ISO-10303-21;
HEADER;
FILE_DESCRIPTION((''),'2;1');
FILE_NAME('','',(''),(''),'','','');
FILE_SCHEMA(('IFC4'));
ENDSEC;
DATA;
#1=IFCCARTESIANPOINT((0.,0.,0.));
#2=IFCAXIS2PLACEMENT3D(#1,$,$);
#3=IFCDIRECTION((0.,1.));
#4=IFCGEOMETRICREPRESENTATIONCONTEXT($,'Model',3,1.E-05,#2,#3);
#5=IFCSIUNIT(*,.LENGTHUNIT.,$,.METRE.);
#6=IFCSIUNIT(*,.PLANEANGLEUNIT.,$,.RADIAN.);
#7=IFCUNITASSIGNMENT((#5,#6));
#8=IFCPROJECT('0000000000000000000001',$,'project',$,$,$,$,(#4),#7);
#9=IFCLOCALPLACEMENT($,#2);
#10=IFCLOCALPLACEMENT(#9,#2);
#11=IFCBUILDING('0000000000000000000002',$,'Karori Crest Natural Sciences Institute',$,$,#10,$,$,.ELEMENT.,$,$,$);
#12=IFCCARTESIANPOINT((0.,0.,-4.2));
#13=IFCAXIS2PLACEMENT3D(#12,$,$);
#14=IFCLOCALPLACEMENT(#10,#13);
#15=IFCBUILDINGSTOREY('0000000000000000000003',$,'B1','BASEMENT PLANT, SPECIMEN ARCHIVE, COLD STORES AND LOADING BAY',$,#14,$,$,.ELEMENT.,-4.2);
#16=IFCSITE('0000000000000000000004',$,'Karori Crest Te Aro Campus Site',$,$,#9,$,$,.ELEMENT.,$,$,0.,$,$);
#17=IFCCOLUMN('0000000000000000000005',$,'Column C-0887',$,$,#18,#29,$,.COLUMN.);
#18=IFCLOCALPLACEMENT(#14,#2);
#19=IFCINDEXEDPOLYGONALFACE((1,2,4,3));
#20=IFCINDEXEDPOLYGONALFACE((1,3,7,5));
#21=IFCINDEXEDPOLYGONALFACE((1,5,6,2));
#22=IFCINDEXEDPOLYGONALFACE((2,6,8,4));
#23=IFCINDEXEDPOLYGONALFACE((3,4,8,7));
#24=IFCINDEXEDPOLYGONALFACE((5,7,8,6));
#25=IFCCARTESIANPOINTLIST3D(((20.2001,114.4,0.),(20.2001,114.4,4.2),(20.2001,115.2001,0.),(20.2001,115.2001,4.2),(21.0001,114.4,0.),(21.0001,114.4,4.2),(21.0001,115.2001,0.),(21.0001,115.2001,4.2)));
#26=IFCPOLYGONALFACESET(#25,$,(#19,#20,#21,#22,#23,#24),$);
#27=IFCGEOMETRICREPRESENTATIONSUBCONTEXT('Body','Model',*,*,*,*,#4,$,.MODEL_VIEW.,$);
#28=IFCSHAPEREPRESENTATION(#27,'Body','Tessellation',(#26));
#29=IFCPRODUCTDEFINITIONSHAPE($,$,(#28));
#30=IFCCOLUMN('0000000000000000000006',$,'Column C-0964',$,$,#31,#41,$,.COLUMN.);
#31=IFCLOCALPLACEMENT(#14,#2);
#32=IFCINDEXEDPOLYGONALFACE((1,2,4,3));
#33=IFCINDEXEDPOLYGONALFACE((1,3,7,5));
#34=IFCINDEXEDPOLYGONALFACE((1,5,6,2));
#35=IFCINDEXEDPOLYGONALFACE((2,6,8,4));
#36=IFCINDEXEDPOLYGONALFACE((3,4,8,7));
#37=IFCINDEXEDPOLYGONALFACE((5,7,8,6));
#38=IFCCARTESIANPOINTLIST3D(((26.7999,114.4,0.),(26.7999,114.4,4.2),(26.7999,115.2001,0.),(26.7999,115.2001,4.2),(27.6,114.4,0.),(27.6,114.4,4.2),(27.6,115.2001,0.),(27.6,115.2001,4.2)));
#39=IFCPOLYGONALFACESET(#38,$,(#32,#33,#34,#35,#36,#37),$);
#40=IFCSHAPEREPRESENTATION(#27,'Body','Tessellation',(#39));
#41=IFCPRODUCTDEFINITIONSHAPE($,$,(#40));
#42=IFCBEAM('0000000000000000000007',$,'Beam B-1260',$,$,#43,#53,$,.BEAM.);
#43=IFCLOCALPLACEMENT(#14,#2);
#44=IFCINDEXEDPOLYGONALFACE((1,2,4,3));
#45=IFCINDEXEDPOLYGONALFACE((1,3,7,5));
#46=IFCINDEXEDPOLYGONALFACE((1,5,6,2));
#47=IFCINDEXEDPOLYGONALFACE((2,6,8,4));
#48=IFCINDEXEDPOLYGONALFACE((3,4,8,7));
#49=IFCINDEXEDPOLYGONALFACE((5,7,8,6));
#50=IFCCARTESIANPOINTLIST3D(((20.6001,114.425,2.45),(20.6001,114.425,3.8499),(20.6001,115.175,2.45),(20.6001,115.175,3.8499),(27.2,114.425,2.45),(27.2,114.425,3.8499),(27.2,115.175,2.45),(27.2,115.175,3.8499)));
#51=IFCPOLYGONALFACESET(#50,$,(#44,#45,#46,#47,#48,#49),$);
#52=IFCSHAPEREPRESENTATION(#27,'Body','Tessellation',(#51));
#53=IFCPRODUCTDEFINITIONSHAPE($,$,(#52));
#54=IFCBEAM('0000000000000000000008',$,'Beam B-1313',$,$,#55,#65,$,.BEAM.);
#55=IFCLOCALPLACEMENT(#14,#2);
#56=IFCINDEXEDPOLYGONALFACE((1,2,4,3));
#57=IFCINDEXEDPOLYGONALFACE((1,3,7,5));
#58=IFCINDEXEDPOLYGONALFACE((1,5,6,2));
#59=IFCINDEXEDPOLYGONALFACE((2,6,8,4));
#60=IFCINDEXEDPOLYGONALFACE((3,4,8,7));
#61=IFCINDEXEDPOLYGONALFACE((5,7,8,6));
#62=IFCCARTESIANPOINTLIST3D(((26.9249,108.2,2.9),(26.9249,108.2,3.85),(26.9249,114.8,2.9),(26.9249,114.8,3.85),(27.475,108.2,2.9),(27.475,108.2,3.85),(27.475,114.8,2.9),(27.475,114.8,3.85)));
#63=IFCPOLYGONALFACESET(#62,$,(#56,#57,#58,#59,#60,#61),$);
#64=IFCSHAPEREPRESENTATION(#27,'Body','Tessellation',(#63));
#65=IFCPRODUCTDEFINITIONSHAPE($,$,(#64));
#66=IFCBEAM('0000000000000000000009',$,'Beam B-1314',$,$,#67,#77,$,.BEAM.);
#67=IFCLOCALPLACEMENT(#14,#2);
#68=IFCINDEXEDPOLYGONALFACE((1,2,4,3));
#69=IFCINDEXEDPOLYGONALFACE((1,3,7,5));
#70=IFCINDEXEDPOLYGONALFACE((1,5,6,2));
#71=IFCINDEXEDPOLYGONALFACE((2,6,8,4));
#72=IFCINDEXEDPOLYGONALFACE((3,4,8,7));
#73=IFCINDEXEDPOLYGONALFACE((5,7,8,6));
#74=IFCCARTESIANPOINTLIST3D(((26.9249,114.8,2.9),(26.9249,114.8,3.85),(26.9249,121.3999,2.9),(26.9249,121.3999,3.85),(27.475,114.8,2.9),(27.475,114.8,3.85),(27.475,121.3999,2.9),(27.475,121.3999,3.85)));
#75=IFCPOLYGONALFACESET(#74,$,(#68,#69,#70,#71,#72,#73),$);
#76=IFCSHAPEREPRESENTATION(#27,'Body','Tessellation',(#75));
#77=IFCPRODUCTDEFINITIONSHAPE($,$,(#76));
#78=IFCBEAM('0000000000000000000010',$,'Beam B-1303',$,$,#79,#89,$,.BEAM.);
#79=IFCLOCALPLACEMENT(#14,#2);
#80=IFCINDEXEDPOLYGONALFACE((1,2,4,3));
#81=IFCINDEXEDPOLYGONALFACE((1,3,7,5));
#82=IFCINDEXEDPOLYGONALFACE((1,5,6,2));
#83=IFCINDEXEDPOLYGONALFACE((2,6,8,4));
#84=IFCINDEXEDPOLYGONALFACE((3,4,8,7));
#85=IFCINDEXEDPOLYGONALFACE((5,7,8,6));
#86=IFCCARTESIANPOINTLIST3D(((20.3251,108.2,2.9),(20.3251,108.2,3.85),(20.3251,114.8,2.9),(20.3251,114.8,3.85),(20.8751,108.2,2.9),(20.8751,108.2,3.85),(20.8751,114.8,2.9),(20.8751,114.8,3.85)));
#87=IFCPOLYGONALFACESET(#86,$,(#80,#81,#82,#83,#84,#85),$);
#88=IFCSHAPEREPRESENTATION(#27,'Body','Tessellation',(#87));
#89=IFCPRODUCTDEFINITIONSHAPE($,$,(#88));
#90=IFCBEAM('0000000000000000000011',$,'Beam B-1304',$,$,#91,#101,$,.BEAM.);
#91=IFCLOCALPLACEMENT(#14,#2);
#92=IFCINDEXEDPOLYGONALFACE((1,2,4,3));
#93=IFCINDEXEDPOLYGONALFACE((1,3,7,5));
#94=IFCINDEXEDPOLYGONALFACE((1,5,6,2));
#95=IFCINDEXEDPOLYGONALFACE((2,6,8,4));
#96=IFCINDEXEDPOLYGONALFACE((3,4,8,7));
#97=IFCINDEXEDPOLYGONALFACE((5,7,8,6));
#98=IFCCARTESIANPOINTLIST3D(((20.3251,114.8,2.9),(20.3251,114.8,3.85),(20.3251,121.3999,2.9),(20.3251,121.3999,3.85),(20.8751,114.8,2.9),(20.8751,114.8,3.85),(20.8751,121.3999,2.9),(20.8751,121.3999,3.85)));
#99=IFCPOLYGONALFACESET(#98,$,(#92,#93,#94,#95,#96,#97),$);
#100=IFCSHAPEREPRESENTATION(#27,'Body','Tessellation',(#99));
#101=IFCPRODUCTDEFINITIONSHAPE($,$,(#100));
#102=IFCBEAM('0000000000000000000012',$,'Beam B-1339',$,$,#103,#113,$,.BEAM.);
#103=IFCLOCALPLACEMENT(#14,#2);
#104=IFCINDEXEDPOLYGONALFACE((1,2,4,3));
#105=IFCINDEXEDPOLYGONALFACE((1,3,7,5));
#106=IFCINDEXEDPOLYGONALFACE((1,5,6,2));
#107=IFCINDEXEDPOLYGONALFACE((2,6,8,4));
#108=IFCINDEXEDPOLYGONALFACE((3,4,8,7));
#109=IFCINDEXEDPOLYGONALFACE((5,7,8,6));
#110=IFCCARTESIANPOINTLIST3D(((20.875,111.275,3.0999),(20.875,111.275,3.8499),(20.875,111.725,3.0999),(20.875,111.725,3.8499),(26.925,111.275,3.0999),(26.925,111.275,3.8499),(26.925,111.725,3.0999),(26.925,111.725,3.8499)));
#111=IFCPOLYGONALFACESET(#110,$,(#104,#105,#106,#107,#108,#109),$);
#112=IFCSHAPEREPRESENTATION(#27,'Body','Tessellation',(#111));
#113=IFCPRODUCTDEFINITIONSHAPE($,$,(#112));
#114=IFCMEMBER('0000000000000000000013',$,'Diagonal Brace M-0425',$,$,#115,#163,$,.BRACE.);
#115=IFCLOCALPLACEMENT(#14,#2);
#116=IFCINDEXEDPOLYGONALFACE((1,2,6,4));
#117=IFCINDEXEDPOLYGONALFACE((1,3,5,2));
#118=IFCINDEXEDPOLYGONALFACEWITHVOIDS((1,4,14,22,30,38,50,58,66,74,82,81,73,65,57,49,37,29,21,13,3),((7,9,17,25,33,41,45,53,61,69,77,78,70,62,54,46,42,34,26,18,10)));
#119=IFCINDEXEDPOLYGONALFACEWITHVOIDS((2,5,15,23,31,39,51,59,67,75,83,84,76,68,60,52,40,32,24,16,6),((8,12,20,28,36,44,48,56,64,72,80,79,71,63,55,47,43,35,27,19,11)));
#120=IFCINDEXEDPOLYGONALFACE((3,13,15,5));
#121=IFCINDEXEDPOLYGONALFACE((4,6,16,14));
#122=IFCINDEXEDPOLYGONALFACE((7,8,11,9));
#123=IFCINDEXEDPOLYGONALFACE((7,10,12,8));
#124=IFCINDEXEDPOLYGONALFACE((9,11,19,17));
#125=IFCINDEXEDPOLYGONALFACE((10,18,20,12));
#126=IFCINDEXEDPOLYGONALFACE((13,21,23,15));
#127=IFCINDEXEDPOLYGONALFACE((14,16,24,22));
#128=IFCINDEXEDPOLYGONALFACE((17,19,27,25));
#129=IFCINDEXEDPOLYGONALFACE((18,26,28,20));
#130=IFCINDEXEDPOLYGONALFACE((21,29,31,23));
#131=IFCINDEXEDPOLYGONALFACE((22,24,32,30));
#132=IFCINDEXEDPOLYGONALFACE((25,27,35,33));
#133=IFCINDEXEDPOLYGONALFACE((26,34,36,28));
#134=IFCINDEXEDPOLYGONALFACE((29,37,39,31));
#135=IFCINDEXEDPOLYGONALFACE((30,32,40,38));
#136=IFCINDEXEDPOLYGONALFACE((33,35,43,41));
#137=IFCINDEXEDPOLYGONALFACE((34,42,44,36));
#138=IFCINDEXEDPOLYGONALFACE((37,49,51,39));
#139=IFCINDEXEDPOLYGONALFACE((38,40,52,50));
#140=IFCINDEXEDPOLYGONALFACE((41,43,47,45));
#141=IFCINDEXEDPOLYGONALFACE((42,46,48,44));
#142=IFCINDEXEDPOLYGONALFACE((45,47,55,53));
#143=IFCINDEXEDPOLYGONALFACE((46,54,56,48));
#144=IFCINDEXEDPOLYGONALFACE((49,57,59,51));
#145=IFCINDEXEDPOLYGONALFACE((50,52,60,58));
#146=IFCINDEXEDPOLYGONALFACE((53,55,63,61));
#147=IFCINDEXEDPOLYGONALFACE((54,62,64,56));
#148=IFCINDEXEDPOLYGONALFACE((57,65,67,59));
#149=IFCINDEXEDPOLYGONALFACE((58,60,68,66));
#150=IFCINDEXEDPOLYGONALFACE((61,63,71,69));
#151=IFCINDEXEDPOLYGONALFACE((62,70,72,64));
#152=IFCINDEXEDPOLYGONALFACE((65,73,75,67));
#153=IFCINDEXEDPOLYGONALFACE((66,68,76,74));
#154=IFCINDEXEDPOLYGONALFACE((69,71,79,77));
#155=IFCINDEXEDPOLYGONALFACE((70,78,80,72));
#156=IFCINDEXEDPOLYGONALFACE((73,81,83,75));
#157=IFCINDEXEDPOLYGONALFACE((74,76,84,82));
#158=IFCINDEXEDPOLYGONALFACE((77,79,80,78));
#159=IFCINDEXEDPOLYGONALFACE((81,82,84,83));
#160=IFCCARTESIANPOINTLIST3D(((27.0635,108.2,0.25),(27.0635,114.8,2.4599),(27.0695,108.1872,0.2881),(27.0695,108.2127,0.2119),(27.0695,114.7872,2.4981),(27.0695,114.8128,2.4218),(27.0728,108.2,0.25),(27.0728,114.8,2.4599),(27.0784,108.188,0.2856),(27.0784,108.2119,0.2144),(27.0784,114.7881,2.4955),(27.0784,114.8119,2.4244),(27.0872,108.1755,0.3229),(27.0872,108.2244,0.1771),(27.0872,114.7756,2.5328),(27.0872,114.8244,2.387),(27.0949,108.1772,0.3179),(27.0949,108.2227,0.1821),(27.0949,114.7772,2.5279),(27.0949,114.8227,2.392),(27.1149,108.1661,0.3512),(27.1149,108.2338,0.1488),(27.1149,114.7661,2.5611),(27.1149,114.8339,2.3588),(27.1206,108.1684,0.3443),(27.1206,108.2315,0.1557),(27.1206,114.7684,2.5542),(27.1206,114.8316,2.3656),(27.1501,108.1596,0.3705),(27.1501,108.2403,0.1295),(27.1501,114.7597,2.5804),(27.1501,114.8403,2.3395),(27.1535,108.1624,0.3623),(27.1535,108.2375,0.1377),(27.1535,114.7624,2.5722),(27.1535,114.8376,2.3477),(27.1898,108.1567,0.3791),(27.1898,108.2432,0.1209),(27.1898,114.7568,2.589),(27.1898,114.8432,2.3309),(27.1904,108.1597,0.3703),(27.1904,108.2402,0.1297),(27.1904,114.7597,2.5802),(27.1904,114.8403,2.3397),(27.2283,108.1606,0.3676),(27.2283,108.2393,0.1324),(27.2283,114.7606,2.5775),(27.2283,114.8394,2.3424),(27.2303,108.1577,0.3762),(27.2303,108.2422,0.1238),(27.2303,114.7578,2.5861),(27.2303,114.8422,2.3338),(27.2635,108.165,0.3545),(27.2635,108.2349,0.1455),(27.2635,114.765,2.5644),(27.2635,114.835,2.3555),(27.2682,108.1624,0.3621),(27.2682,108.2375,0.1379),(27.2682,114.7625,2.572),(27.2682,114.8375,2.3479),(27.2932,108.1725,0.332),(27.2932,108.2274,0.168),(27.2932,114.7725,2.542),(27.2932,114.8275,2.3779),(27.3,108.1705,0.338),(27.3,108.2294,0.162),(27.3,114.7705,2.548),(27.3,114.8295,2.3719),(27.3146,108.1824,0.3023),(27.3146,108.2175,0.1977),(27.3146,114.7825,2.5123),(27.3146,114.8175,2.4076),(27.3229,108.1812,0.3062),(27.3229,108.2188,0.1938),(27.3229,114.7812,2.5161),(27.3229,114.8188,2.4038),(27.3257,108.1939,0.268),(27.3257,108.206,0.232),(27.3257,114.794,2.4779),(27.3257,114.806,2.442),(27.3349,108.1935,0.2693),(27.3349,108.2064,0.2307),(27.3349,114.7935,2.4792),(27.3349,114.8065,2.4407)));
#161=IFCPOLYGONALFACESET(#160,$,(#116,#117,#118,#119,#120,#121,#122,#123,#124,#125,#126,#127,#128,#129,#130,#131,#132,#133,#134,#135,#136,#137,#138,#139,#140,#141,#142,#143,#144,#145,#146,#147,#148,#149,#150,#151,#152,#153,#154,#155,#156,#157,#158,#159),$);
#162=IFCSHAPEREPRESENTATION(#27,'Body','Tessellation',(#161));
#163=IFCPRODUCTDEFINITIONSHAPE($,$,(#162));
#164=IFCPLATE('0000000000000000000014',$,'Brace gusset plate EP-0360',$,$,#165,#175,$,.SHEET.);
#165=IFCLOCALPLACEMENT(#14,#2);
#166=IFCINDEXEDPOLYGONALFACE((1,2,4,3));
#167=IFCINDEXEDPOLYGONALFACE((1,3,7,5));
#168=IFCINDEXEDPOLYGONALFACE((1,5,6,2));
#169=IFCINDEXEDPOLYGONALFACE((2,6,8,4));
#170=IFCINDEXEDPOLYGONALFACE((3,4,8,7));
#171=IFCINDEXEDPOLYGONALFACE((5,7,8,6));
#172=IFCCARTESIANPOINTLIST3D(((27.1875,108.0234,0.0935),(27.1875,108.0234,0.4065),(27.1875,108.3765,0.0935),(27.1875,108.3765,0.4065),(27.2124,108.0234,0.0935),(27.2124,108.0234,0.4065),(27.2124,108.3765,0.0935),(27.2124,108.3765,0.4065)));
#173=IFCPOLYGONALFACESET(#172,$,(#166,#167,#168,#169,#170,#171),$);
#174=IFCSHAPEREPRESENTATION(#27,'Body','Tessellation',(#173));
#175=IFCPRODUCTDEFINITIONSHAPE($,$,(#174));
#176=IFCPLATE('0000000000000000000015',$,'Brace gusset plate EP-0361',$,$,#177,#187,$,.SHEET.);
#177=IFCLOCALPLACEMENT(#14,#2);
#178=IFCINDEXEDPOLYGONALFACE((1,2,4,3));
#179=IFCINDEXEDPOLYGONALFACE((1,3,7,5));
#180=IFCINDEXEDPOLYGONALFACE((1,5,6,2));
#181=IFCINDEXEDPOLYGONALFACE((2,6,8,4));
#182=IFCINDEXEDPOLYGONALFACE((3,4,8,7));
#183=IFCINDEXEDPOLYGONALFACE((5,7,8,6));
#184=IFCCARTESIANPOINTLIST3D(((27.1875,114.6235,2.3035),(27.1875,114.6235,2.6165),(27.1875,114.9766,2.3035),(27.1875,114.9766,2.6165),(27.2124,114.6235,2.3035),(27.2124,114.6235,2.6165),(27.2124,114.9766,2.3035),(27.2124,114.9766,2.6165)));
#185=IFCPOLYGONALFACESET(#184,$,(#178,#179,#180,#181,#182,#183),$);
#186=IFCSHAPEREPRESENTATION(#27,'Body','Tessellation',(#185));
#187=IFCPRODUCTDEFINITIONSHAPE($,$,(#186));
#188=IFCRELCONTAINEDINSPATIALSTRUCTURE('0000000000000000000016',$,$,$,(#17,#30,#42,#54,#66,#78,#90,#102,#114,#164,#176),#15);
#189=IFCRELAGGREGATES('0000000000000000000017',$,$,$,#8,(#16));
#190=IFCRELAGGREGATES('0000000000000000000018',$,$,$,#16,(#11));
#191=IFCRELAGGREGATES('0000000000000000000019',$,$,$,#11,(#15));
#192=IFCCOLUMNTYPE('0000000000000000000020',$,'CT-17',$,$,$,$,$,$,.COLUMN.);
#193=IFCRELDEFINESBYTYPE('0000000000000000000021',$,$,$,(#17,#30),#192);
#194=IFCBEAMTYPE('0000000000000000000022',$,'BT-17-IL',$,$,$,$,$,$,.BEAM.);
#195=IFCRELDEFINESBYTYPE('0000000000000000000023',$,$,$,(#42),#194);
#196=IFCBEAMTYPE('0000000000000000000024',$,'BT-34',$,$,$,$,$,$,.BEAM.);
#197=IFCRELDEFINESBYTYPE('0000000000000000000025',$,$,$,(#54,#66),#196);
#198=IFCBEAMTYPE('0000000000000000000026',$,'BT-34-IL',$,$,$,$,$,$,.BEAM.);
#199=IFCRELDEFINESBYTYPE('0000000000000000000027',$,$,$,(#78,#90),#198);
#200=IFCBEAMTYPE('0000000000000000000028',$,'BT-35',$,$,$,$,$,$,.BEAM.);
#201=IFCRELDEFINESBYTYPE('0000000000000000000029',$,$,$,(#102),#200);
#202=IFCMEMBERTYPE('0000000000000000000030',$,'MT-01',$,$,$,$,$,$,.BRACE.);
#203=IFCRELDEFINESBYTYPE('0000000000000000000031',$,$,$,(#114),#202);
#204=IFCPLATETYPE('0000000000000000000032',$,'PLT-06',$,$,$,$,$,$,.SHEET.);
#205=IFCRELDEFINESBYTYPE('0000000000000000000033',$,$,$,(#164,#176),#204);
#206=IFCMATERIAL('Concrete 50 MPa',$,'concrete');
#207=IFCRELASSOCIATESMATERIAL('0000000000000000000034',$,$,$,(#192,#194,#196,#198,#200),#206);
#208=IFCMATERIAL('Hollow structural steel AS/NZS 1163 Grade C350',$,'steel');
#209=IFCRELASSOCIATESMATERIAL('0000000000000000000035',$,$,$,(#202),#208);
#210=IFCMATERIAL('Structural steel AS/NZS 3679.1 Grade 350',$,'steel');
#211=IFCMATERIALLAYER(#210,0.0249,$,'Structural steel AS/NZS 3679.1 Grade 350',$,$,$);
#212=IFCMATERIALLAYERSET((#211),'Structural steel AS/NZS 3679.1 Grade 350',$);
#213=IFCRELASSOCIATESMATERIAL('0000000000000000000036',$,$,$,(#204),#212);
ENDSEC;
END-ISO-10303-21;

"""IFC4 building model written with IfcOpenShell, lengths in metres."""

from ifc_helpers import new_model, si_unit, direction, frame, origin, origin_2d, place, context, subcontext, project, spatial, rectangle, hollow_circle, extrude, material, layer, layer_set, material_profile, profile_set, type_object, element, save


model = new_model("IFC4")

# Units and contexts
model_context = context("Model", 3, precision=1e-05, world=origin(), true_north=direction((0.0, 1.0)))
body_context = subcontext(model_context, "Body", "Model", "MODEL_VIEW")
ifc_project = project(units=[si_unit("LENGTHUNIT", "METRE"), si_unit("PLANEANGLEUNIT", "RADIAN")], contexts=[model_context])

# Site, building, storey
site_placement = place(None, origin())
site = spatial("IfcSite", under=ifc_project, at=site_placement, Name="Karori Crest Te Aro Campus Site", CompositionType="ELEMENT", RefElevation=0.0)
building_placement = place(site_placement, origin())
building = spatial("IfcBuilding", under=site, at=building_placement, Name="Karori Crest Natural Sciences Institute", CompositionType="ELEMENT")
storey_placement = place(building_placement, frame((0.0, 0.0, -4.2)))
storey = spatial("IfcBuildingStorey", under=building, at=storey_placement, Name="B1", Description="BASEMENT PLANT, SPECIMEN ARCHIVE, COLD STORES AND LOADING BAY", CompositionType="ELEMENT", Elevation=-4.2)

# Columns
ifc_material_1 = material(Name="Concrete 50 MPa", Category="concrete")
ifc_material_profile_1 = material_profile(ifc_material_1, rectangle(XDim=0.8, YDim=0.8, at=origin_2d()), Name="RC800x800")
ifc_profile_set_1 = profile_set([ifc_material_profile_1], Name="Concrete 50 MPa")
column_type = type_object("IfcColumnType", Name="CT-17", PredefinedType="COLUMN", material=ifc_profile_set_1)
for number, where, z_axis, x_axis, name in (
    (1, (20.6001, 114.8, 0.0), (0.0, 0.0, 1.0), (1.0, 0.0, 0.0), "Column C-0887"),
    (2, (27.2, 114.8, 0.0), (0.0, 0.0, 1.0), (1.0, 0.0, 0.0), "Column C-0964"),
):
    element("IfcColumn", number, at=place(storey_placement, frame(where, z_axis=z_axis, x_axis=x_axis)), inside=storey, type_object=column_type, Name=name, PredefinedType="COLUMN", context=body_context, shape_type="SweptSolid", body=[
        extrude(rectangle(XDim=0.8, YDim=0.8, at=origin_2d()), origin(), (0.0, 0.0, 1.0), 4.2),
    ])

# Beams
ifc_material_profile_2 = material_profile(ifc_material_1, rectangle(XDim=0.75, YDim=1.3999, at=origin_2d()), Name="RCB750x1400")
ifc_profile_set_2 = profile_set([ifc_material_profile_2], Name="Concrete 50 MPa")
beam_type_1 = type_object("IfcBeamType", Name="BT-17-IL", PredefinedType="BEAM", material=ifc_profile_set_2)
beam_1_placement = place(storey_placement, frame((20.6001, 114.8, 3.1499), z_axis=(1.0, 0.0, 0.0), x_axis=(0.0, 1.0, 0.0)))
element("IfcBeam", 3, at=beam_1_placement, inside=storey, type_object=beam_type_1, Name="Beam B-1260", PredefinedType="BEAM", context=body_context, shape_type="SweptSolid", body=[
    extrude(rectangle(XDim=0.75, YDim=1.3999, at=origin_2d()), origin(), (0.0, 0.0, 1.0), 6.5999),
])
ifc_material_profile_3 = material_profile(ifc_material_1, rectangle(XDim=0.55, YDim=0.95, at=origin_2d()), Name="RCB550x950")
ifc_profile_set_3 = profile_set([ifc_material_profile_3], Name="Concrete 50 MPa")
beam_type_2 = type_object("IfcBeamType", Name="BT-34", PredefinedType="BEAM", material=ifc_profile_set_3)
beam_2_placement = place(storey_placement, frame((27.2, 108.2, 3.375), z_axis=(0.0, 1.0, 0.0), x_axis=(-1.0, 0.0, 0.0)))
element("IfcBeam", 4, at=beam_2_placement, inside=storey, type_object=beam_type_2, Name="Beam B-1313", PredefinedType="BEAM", context=body_context, shape_type="SweptSolid", body=[
    extrude(rectangle(XDim=0.55, YDim=0.95, at=origin_2d()), origin(), (0.0, 0.0, 1.0), 6.6001),
])
beam_3_placement = place(storey_placement, frame((27.2, 114.8, 3.375), z_axis=(0.0, 1.0, 0.0), x_axis=(-1.0, 0.0, 0.0)))
element("IfcBeam", 5, at=beam_3_placement, inside=storey, type_object=beam_type_2, Name="Beam B-1314", PredefinedType="BEAM", context=body_context, shape_type="SweptSolid", body=[
    extrude(rectangle(XDim=0.55, YDim=0.95, at=origin_2d()), origin(), (0.0, 0.0, 1.0), 6.5999),
])
ifc_material_profile_4 = material_profile(ifc_material_1, rectangle(XDim=0.55, YDim=0.95, at=origin_2d()), Name="RCB550x950")
ifc_profile_set_4 = profile_set([ifc_material_profile_4], Name="Concrete 50 MPa")
beam_type_3 = type_object("IfcBeamType", Name="BT-34-IL", PredefinedType="BEAM", material=ifc_profile_set_4)
beam_4_placement = place(storey_placement, frame((20.6001, 108.2, 3.375), z_axis=(0.0, 1.0, 0.0), x_axis=(-1.0, 0.0, 0.0)))
element("IfcBeam", 6, at=beam_4_placement, inside=storey, type_object=beam_type_3, Name="Beam B-1303", PredefinedType="BEAM", context=body_context, shape_type="SweptSolid", body=[
    extrude(rectangle(XDim=0.55, YDim=0.95, at=origin_2d()), origin(), (0.0, 0.0, 1.0), 6.6001),
])
beam_5_placement = place(storey_placement, frame((20.6001, 114.8, 3.375), z_axis=(0.0, 1.0, 0.0), x_axis=(-1.0, 0.0, 0.0)))
element("IfcBeam", 7, at=beam_5_placement, inside=storey, type_object=beam_type_3, Name="Beam B-1304", PredefinedType="BEAM", context=body_context, shape_type="SweptSolid", body=[
    extrude(rectangle(XDim=0.55, YDim=0.95, at=origin_2d()), origin(), (0.0, 0.0, 1.0), 6.5999),
])
ifc_material_profile_5 = material_profile(ifc_material_1, rectangle(XDim=0.45, YDim=0.75, at=origin_2d()), Name="RCB450x750")
ifc_profile_set_5 = profile_set([ifc_material_profile_5], Name="Concrete 50 MPa")
beam_type_4 = type_object("IfcBeamType", Name="BT-35", PredefinedType="BEAM", material=ifc_profile_set_5)
beam_6_placement = place(storey_placement, frame((20.875, 111.5, 3.4749), z_axis=(1.0, 0.0, 0.0), x_axis=(0.0, 1.0, 0.0)))
element("IfcBeam", 8, at=beam_6_placement, inside=storey, type_object=beam_type_4, Name="Beam B-1339", PredefinedType="BEAM", context=body_context, shape_type="SweptSolid", body=[
    extrude(rectangle(XDim=0.45, YDim=0.75, at=origin_2d()), origin(), (0.0, 0.0, 1.0), 6.05),
])

# Member
ifc_material_2 = material(Name="Hollow structural steel AS/NZS 1163 Grade C350", Category="steel")
ifc_material_profile_6 = material_profile(ifc_material_2, hollow_circle(Radius=0.1365, WallThickness=0.0093, at=origin_2d()), Name="CHS273.0x9.3")
ifc_profile_set_6 = profile_set([ifc_material_profile_6], Name="Hollow structural steel AS/NZS 1163 Grade C350")
member_type = type_object("IfcMemberType", Name="MT-01", PredefinedType="BRACE", material=ifc_profile_set_6)
member_placement = place(storey_placement, frame((27.2, 108.2, 0.25), z_axis=(0.0, 0.948254, 0.317511), x_axis=(-1.0, 0.0, 0.0)))
element("IfcMember", 9, at=member_placement, inside=storey, type_object=member_type, Name="Diagonal Brace M-0425", PredefinedType="BRACE", context=body_context, shape_type="SweptSolid", body=[
    extrude(hollow_circle(Radius=0.1365, WallThickness=0.0093, at=origin_2d()), origin(), (0.0, 0.0, 1.0), 6.9602),
])

# Plates
ifc_material_3 = material(Name="Structural steel AS/NZS 3679.1 Grade 350", Category="steel")
ifc_layer_1 = layer(ifc_material_3, 0.0249, Name="Structural steel AS/NZS 3679.1 Grade 350")
ifc_layer_set_1 = layer_set([ifc_layer_1], Name="Structural steel AS/NZS 3679.1 Grade 350")
plate_type = type_object("IfcPlateType", Name="PLT-06", PredefinedType="SHEET", material=ifc_layer_set_1)
for number, where, z_axis, x_axis, name in (
    (10, (27.2, 108.2, 0.0935), (0.0, 0.0, 1.0), (0.0, 1.0, 0.0), "Brace gusset plate EP-0360"),
    (11, (27.2, 114.8, 2.3035), (0.0, 0.0, 1.0), (0.0, 1.0, 0.0), "Brace gusset plate EP-0361"),
):
    element("IfcPlate", number, at=place(storey_placement, frame(where, z_axis=z_axis, x_axis=x_axis)), inside=storey, type_object=plate_type, Name=name, PredefinedType="SHEET", context=body_context, shape_type="SweptSolid", body=[
        extrude(rectangle(XDim=0.353, YDim=0.0249, at=origin_2d()), origin(), (0.0, 0.0, 1.0), 0.313),
    ])

save(model, "model.ifc")
